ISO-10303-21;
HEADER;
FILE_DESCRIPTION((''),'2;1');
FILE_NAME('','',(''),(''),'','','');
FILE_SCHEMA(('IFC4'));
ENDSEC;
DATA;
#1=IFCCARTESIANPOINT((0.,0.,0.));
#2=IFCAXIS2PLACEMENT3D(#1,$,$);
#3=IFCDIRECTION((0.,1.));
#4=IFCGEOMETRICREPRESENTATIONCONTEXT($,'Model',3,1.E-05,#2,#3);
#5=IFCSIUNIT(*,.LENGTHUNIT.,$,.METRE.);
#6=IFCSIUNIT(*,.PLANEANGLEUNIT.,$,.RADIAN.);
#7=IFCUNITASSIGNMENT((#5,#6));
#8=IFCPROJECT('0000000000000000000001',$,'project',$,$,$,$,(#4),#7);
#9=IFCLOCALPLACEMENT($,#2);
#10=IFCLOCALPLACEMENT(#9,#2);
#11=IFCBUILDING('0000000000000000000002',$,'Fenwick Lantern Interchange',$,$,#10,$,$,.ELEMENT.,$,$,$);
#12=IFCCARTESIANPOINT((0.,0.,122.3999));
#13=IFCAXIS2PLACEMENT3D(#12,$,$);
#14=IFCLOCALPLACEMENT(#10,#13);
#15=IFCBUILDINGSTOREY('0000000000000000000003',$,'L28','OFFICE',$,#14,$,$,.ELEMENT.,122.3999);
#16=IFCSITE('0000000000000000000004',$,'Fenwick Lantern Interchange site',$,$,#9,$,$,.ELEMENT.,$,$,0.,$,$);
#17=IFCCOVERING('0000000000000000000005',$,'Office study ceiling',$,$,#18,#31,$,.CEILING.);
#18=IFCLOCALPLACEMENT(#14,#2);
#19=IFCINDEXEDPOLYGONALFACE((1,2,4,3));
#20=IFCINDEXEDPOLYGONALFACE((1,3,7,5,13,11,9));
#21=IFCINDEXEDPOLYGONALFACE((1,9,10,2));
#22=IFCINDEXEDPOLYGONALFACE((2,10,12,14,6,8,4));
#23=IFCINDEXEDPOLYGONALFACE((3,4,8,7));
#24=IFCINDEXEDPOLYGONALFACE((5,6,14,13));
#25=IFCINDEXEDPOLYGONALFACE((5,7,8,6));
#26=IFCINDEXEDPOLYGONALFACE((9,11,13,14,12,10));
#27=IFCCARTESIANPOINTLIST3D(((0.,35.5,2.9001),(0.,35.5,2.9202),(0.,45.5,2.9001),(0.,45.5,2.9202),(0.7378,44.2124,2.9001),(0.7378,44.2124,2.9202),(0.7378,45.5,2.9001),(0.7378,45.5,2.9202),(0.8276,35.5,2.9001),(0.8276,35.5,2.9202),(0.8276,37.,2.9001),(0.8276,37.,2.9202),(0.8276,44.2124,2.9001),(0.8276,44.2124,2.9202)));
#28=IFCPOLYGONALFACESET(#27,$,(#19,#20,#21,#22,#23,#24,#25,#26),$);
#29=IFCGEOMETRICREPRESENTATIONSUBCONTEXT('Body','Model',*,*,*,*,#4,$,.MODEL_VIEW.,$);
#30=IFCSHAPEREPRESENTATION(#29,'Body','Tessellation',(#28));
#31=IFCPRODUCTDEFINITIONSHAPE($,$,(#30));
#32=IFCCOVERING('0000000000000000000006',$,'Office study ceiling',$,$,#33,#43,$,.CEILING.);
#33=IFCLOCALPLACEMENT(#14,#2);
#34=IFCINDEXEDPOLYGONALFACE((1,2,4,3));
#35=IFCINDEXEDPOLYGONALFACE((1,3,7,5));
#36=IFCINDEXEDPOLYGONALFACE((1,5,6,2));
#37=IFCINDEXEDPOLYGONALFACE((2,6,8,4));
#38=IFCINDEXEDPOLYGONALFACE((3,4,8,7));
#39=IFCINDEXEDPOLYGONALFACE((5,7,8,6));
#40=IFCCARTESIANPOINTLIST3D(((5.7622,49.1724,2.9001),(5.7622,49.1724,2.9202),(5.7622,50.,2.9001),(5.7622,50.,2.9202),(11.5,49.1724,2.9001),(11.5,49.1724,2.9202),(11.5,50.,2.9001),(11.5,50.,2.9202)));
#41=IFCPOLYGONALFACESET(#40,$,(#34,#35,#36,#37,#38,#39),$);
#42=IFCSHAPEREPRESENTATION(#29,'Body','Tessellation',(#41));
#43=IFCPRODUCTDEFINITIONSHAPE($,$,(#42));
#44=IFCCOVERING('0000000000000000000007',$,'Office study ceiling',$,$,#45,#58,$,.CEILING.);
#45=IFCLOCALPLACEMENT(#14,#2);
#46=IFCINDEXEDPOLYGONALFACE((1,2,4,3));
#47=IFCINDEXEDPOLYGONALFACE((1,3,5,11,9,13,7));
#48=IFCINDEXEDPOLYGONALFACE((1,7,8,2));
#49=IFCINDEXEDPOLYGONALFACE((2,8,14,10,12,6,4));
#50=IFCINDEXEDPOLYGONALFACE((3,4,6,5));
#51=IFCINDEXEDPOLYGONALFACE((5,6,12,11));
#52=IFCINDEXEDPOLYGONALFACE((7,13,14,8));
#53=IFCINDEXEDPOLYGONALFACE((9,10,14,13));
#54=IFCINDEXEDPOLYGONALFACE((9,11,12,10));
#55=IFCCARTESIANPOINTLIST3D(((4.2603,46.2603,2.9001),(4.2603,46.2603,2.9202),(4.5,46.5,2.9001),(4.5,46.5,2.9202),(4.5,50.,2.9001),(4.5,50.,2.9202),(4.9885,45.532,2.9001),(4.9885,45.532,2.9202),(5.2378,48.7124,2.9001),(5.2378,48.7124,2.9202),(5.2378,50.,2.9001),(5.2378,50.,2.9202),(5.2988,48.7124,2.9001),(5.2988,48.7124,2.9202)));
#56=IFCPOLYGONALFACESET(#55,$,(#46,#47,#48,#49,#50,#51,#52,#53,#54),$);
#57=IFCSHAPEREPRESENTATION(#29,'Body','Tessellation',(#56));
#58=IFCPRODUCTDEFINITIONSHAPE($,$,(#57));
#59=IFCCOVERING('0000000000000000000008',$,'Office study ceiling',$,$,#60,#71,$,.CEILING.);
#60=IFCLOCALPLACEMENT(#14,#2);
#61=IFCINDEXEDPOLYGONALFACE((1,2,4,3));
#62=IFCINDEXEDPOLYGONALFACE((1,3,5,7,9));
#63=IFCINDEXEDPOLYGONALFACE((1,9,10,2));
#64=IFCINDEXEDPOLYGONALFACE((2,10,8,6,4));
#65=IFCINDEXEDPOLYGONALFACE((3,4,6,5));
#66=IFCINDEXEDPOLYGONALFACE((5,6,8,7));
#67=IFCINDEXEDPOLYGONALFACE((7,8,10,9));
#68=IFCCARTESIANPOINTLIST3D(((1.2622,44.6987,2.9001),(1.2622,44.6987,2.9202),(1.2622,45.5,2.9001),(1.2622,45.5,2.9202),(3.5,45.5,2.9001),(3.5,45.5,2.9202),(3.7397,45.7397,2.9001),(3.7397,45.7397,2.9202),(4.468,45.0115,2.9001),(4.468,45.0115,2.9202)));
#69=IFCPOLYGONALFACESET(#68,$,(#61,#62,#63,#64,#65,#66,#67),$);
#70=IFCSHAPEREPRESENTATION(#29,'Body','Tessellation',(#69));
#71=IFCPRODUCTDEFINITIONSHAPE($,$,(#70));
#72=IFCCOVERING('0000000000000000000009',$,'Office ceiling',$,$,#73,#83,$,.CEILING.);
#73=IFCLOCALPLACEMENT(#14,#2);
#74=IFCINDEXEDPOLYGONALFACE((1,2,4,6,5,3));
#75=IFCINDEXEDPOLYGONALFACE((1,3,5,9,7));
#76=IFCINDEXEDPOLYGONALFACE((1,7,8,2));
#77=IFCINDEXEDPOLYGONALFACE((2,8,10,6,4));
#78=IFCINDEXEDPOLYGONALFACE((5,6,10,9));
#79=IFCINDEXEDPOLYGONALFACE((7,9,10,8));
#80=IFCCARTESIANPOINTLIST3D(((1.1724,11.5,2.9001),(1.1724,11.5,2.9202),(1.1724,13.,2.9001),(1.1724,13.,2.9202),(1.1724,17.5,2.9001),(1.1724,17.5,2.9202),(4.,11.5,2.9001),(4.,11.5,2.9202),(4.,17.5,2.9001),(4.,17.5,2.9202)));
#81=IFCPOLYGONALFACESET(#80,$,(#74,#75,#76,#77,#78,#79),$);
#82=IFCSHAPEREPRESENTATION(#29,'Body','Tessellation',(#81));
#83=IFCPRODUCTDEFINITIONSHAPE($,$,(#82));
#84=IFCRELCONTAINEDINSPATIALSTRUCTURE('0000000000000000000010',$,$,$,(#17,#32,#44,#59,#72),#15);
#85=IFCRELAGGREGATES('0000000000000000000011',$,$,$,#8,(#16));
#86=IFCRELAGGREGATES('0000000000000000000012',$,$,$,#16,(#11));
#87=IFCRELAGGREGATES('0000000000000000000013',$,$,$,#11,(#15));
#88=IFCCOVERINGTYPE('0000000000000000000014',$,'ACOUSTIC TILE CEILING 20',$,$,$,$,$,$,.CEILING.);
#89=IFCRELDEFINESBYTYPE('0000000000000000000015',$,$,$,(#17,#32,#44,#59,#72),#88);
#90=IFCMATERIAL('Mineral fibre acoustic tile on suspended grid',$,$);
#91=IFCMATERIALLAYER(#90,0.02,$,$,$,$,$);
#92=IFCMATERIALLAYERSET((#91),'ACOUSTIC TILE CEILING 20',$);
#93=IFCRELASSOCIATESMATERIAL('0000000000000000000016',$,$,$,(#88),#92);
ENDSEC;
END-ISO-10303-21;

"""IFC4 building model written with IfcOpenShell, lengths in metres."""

from ifc_helpers import new_model, si_unit, direction, frame, origin, place, context, subcontext, project, spatial, polyline, outline, extrude, material, layer, layer_set, type_object, element, save


model = new_model("IFC4")

# Units and contexts
model_context = context("Model", 3, precision=1e-05, world=origin(), true_north=direction((0.0, 1.0)))
body_context = subcontext(model_context, "Body", "Model", "MODEL_VIEW")
ifc_project = project(units=[si_unit("LENGTHUNIT", "METRE"), si_unit("PLANEANGLEUNIT", "RADIAN")], contexts=[model_context])

# Site, building, storey
site_placement = place(None, origin())
site = spatial("IfcSite", under=ifc_project, at=site_placement, Name="Fenwick Lantern Interchange site", CompositionType="ELEMENT", RefElevation=0.0)
building_placement = place(site_placement, origin())
building = spatial("IfcBuilding", under=site, at=building_placement, Name="Fenwick Lantern Interchange", CompositionType="ELEMENT")
storey_placement = place(building_placement, frame((0.0, 0.0, 122.3999)))
storey = spatial("IfcBuildingStorey", under=building, at=storey_placement, Name="L28", Description="OFFICE", CompositionType="ELEMENT", Elevation=122.3999)

# Coverings
ifc_material = material(Name="Mineral fibre acoustic tile on suspended grid")
ifc_layer = layer(ifc_material, 0.02)
ifc_layer_set = layer_set([ifc_layer], Name="ACOUSTIC TILE CEILING 20")
covering_type = type_object("IfcCoveringType", Name="ACOUSTIC TILE CEILING 20", PredefinedType="CEILING", material=ifc_layer_set)
covering_1_placement = place(storey_placement, frame((0.0, 0.0, 2.9001)))
element("IfcCovering", 1, at=covering_1_placement, inside=storey, type_object=covering_type, Name="Office study ceiling", PredefinedType="CEILING", context=body_context, shape_type="SweptSolid", body=[
    extrude(outline(polyline([(0.0, 35.5), (0.8276, 35.5), (0.8276, 37.0), (0.8276, 44.2124), (0.7378, 44.2124), (0.7378, 45.5), (0.0, 45.5), (0.0, 35.5)])), origin(), (0.0, 0.0, 1.0), 0.02),
])
covering_2_placement = place(storey_placement, frame((0.0, 0.0, 2.9001)))
element("IfcCovering", 2, at=covering_2_placement, inside=storey, type_object=covering_type, Name="Office study ceiling", PredefinedType="CEILING", context=body_context, shape_type="SweptSolid", body=[
    extrude(outline(polyline([(5.7622, 50.0), (5.7622, 49.1724), (11.5, 49.1724), (11.5, 50.0), (5.7622, 50.0)])), origin(), (0.0, 0.0, 1.0), 0.02),
])
covering_3_placement = place(storey_placement, frame((0.0, 0.0, 2.9001)))
element("IfcCovering", 3, at=covering_3_placement, inside=storey, type_object=covering_type, Name="Office study ceiling", PredefinedType="CEILING", context=body_context, shape_type="SweptSolid", body=[
    extrude(outline(polyline([(5.2988, 48.7124), (5.2378, 48.7124), (5.2378, 50.0), (4.5, 50.0), (4.5, 46.5), (4.2603, 46.2603), (4.9885, 45.532), (5.2988, 48.7124)])), origin(), (0.0, 0.0, 1.0), 0.02),
])
covering_4_placement = place(storey_placement, frame((0.0, 0.0, 2.9001)))
element("IfcCovering", 4, at=covering_4_placement, inside=storey, type_object=covering_type, Name="Office study ceiling", PredefinedType="CEILING", context=body_context, shape_type="SweptSolid", body=[
    extrude(outline(polyline([(1.2622, 45.5), (1.2622, 44.6987), (4.468, 45.0115), (3.7397, 45.7397), (3.5, 45.5), (1.2622, 45.5)])), origin(), (0.0, 0.0, 1.0), 0.02),
])
covering_5_placement = place(storey_placement, frame((0.0, 0.0, 2.9001)))
element("IfcCovering", 5, at=covering_5_placement, inside=storey, type_object=covering_type, Name="Office ceiling", PredefinedType="CEILING", context=body_context, shape_type="SweptSolid", body=[
    extrude(outline(polyline([(4.0, 17.5), (1.1724, 17.5), (1.1724, 13.0), (1.1724, 11.5), (4.0, 11.5), (4.0, 17.5)])), origin(), (0.0, 0.0, 1.0), 0.02),
])

save(model, "model.ifc")
